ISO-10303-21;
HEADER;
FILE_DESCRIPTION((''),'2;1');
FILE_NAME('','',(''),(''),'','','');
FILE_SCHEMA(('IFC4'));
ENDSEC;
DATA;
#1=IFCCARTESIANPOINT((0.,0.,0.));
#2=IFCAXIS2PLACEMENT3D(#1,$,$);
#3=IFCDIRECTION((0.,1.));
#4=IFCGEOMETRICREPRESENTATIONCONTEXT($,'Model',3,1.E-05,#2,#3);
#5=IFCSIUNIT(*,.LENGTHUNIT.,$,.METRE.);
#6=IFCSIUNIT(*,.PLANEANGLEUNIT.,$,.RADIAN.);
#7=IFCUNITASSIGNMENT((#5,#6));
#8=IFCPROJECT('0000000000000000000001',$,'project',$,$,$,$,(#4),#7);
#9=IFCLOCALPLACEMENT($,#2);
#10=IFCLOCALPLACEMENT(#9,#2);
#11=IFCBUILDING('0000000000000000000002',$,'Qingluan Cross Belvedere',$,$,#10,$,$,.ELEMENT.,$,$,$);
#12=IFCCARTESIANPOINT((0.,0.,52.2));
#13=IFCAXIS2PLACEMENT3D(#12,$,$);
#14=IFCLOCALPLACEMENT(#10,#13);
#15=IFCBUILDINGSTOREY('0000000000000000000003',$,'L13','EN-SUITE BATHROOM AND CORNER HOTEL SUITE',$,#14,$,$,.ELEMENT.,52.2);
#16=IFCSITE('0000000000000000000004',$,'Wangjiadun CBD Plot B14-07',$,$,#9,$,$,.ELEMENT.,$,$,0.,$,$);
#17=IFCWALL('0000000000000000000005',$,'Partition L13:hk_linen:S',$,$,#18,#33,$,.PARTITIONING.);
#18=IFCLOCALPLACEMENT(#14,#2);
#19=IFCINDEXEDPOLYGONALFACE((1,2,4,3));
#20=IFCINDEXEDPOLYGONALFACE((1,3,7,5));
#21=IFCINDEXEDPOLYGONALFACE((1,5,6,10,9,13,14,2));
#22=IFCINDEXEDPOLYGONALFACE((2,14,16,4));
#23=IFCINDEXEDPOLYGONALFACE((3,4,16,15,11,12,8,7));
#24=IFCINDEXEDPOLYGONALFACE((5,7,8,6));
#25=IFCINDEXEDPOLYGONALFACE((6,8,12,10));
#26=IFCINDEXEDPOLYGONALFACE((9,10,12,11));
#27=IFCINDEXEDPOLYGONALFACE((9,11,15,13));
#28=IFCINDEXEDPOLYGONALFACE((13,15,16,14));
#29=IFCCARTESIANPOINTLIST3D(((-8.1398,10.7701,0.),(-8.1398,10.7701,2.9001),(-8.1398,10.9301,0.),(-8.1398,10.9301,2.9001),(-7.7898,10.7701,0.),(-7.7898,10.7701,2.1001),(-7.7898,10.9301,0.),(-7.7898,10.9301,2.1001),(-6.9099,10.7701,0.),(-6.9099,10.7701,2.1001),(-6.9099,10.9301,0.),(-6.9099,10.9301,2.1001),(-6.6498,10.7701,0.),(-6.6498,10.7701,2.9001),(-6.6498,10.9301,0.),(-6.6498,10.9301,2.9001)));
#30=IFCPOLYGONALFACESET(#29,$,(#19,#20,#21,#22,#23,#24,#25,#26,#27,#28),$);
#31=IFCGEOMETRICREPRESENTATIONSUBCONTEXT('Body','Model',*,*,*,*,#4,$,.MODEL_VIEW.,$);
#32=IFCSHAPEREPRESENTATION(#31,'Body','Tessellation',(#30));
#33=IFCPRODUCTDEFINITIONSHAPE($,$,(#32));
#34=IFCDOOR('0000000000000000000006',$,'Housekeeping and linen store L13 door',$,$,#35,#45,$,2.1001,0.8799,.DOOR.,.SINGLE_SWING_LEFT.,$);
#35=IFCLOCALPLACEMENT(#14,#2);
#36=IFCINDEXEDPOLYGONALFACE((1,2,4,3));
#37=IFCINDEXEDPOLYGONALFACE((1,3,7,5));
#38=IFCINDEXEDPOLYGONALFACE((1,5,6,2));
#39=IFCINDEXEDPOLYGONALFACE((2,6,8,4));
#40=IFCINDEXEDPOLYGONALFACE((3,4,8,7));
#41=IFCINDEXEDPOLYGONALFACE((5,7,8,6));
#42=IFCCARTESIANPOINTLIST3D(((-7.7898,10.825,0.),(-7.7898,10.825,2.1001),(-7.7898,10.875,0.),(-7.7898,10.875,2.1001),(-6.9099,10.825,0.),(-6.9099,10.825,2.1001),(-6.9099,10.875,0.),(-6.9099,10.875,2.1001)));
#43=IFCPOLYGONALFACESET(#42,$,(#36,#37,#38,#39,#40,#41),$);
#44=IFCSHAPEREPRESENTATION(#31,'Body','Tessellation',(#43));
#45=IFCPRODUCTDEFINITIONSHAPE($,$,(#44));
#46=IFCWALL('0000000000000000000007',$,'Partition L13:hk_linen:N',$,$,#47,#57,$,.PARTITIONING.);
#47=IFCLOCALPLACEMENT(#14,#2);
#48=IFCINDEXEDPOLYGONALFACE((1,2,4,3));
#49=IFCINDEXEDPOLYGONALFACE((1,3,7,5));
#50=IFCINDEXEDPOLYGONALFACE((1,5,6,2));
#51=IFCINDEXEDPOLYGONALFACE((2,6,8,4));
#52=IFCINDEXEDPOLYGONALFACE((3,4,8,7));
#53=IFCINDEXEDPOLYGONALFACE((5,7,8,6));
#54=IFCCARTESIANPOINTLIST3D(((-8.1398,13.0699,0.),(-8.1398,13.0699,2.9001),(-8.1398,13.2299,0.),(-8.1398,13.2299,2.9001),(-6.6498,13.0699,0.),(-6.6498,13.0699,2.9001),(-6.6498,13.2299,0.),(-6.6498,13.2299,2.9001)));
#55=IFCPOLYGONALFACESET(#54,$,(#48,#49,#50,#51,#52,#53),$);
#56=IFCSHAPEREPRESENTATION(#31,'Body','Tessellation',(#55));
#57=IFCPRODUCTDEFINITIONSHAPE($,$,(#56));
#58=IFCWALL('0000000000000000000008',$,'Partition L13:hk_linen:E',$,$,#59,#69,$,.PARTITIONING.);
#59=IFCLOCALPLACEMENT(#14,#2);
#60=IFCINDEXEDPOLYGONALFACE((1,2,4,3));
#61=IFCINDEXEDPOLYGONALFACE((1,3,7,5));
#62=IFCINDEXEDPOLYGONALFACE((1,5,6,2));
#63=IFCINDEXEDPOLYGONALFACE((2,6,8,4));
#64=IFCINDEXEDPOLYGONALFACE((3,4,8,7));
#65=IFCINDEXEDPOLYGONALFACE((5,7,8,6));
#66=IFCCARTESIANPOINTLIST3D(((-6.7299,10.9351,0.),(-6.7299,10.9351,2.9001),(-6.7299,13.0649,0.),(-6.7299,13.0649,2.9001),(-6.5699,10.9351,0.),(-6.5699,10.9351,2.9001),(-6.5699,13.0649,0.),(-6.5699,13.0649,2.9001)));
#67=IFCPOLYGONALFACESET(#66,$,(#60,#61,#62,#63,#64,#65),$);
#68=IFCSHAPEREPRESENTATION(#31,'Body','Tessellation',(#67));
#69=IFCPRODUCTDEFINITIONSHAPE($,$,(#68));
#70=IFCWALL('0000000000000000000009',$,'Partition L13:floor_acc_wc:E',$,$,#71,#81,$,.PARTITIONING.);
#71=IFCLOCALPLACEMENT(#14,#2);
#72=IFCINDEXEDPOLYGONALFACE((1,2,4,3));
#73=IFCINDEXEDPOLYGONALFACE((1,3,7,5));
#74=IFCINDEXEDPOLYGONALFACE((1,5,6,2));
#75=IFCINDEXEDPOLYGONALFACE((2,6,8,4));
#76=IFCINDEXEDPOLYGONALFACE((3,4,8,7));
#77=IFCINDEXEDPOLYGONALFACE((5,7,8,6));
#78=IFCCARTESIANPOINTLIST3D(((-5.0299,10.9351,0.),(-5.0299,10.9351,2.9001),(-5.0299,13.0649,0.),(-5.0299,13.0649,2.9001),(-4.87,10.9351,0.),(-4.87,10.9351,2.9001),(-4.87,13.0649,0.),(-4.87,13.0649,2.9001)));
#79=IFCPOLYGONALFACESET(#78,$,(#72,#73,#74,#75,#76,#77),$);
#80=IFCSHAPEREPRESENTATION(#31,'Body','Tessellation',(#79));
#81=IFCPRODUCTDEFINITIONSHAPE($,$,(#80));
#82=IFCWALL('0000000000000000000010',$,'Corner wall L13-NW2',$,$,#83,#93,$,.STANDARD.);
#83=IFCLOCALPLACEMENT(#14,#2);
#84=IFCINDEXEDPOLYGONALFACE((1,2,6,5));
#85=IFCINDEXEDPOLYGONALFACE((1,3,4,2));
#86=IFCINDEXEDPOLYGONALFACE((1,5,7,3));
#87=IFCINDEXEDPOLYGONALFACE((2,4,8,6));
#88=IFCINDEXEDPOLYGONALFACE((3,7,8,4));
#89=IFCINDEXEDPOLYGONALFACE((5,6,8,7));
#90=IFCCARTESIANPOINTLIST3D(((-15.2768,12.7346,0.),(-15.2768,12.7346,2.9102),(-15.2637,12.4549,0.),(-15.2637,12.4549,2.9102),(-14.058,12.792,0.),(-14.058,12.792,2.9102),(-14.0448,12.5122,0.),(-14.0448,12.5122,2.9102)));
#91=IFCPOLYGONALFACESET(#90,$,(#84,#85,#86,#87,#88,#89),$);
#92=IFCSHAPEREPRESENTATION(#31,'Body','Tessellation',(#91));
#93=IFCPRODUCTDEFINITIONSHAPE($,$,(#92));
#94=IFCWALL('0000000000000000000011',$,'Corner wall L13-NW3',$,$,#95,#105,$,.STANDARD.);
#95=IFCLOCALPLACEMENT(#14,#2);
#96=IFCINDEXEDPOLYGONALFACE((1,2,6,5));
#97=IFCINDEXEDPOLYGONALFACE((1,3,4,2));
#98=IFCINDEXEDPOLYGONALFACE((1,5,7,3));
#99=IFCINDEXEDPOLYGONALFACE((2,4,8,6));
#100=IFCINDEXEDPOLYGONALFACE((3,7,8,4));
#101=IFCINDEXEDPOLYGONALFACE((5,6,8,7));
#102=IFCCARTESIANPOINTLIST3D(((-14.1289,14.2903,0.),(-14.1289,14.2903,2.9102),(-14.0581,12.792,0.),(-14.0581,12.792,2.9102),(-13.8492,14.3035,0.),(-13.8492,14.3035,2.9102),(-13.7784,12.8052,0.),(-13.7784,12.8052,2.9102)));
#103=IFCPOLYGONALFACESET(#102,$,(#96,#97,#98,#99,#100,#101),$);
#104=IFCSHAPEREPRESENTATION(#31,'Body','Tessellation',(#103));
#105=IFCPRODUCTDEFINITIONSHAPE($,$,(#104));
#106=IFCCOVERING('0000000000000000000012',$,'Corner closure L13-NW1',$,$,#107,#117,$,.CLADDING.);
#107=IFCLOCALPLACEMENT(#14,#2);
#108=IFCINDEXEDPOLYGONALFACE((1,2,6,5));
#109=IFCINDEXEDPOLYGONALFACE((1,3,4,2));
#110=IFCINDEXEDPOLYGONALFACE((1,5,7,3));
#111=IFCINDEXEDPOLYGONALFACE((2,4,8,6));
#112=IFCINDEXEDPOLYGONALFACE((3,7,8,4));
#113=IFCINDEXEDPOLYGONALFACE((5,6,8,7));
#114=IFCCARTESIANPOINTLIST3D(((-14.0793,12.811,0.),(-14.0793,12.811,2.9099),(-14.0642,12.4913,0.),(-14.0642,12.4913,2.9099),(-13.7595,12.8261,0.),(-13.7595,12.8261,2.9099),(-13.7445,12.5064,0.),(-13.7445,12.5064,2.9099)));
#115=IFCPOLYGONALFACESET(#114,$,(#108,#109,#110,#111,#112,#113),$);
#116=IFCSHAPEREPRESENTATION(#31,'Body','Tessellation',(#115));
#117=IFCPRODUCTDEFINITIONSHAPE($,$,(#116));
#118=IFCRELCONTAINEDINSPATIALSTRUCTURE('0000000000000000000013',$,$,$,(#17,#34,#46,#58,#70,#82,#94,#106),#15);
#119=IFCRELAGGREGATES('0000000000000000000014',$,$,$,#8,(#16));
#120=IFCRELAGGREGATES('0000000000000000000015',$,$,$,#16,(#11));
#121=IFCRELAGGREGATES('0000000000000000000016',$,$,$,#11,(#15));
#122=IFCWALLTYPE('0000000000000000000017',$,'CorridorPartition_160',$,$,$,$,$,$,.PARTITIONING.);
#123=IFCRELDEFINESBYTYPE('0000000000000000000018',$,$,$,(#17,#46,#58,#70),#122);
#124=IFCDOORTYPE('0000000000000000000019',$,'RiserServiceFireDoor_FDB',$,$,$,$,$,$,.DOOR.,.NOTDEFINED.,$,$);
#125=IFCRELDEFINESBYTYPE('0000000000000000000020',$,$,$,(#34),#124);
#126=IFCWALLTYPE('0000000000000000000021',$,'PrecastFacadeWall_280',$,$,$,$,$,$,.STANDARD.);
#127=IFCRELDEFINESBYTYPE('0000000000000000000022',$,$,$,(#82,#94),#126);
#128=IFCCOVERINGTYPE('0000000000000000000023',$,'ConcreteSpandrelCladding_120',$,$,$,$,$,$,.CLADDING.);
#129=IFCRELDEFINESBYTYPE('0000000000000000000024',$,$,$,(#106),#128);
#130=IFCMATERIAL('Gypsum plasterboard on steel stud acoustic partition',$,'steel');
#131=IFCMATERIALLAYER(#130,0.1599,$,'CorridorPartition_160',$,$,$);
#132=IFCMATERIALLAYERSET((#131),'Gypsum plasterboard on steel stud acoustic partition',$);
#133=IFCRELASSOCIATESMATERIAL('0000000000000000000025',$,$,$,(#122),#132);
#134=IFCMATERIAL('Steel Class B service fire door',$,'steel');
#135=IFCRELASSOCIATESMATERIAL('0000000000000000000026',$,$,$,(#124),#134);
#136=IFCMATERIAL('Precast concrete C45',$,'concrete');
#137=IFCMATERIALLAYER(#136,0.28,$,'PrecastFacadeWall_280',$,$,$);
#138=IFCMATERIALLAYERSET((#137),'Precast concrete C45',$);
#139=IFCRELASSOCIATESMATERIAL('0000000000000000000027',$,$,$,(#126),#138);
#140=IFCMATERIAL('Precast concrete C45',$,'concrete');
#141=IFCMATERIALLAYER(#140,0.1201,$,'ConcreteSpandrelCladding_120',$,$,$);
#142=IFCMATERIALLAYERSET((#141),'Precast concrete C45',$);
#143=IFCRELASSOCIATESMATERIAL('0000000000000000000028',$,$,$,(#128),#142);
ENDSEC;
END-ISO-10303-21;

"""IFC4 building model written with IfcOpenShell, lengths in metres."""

from ifc_helpers import new_model, si_unit, direction, frame, frame_2d, origin, origin_2d, place, context, subcontext, project, spatial, rectangle, extrude, material, layer, layer_set, type_object, element, fill, save


model = new_model("IFC4")

# Units and contexts
model_context = context("Model", 3, precision=1e-05, world=origin(), true_north=direction((0.0, 1.0)))
body_context = subcontext(model_context, "Body", "Model", "MODEL_VIEW")
ifc_project = project(units=[si_unit("LENGTHUNIT", "METRE"), si_unit("PLANEANGLEUNIT", "RADIAN")], contexts=[model_context])

# Site, building, storey
site_placement = place(None, origin())
site = spatial("IfcSite", under=ifc_project, at=site_placement, Name="Wangjiadun CBD Plot B14-07", CompositionType="ELEMENT", RefElevation=0.0)
building_placement = place(site_placement, origin())
building = spatial("IfcBuilding", under=site, at=building_placement, Name="Qingluan Cross Belvedere", CompositionType="ELEMENT")
storey_placement = place(building_placement, frame((0.0, 0.0, 52.2)))
storey = spatial("IfcBuildingStorey", under=building, at=storey_placement, Name="L13", Description="EN-SUITE BATHROOM AND CORNER HOTEL SUITE", CompositionType="ELEMENT", Elevation=52.2)

# Shared definitions
ifc_material_1 = material(Name="Gypsum plasterboard on steel stud acoustic partition", Category="steel")
ifc_layer_1 = layer(ifc_material_1, 0.1599, Name="CorridorPartition_160")
ifc_layer_set_1 = layer_set([ifc_layer_1], Name="Gypsum plasterboard on steel stud acoustic partition")
wall_type_1 = type_object("IfcWallType", Name="CorridorPartition_160", PredefinedType="PARTITIONING", material=ifc_layer_set_1)

# Wall, opening, door
wall_1_placement = place(storey_placement, frame((-8.1399, 10.8501, 0.0), z_axis=(0.0, 0.0, 1.0), x_axis=(1.0, 0.0, 0.0)))
wall_1 = element("IfcWall", 1, at=wall_1_placement, inside=storey, type_object=wall_type_1, Name="Partition L13:hk_linen:S", PredefinedType="PARTITIONING", context=body_context, shape_type="SweptSolid", body=[
    extrude(rectangle(XDim=1.49, YDim=0.1599, at=frame_2d((0.7451, 0.0))), origin(), (0.0, 0.0, 1.0), 2.9001),
])
opening_1_placement = place(wall_1_placement, frame((0.3501, 0.0, 0.0)))
opening_1 = element("IfcOpeningElement", 2, at=opening_1_placement, cuts=wall_1, PredefinedType="OPENING", context=body_context, shape_type="SweptSolid", body=[
    extrude(rectangle(XDim=0.8799, YDim=2.1001, at=frame_2d((0.4399, 1.05))), frame((0.0, 0.0898, 0.0), z_axis=(0.0, -1.0, 0.0), x_axis=(1.0, 0.0, 0.0)), (0.0, 0.0, 1.0), 0.1799),
])
ifc_material_2 = material(Name="Steel Class B service fire door", Category="steel")
door_type_1 = type_object("IfcDoorType", Name="RiserServiceFireDoor_FDB", OperationType="NOTDEFINED", PredefinedType="DOOR", material=ifc_material_2)
door_1_placement = place(opening_1_placement, origin())
door_1 = element("IfcDoor", 3, at=door_1_placement, inside=storey, type_object=door_type_1, Name="Housekeeping and linen store L13 door", OperationType="SINGLE_SWING_LEFT", OverallHeight=2.1001, OverallWidth=0.8799, PredefinedType="DOOR", context=body_context, shape_type="SweptSolid", body=[
    extrude(rectangle(XDim=0.8799, YDim=2.1001, at=frame_2d((0.4399, 1.05))), frame((0.0, 0.0249, 0.0), z_axis=(0.0, -1.0, 0.0), x_axis=(1.0, 0.0, 0.0)), (0.0, 0.0, 1.0), 0.05),
])
fill(opening_1, door_1)

# Walls
wall_2_placement = place(storey_placement, frame((-8.1399, 13.1499, 0.0), z_axis=(0.0, 0.0, 1.0), x_axis=(1.0, 0.0, 0.0)))
element("IfcWall", 4, at=wall_2_placement, inside=storey, type_object=wall_type_1, Name="Partition L13:hk_linen:N", PredefinedType="PARTITIONING", context=body_context, shape_type="SweptSolid", body=[
    extrude(rectangle(XDim=1.49, YDim=0.1599, at=frame_2d((0.7451, 0.0))), origin(), (0.0, 0.0, 1.0), 2.9001),
])
wall_3_placement = place(storey_placement, frame((-6.6499, 10.9351, 0.0), z_axis=(0.0, 0.0, 1.0), x_axis=(0.0, 1.0, 0.0)))
element("IfcWall", 5, at=wall_3_placement, inside=storey, type_object=wall_type_1, Name="Partition L13:hk_linen:E", PredefinedType="PARTITIONING", context=body_context, shape_type="SweptSolid", body=[
    extrude(rectangle(XDim=2.1299, YDim=0.1599, at=frame_2d((1.0649, 0.0))), origin(), (0.0, 0.0, 1.0), 2.9001),
])

# Walls
wall_4_placement = place(storey_placement, frame((-4.95, 10.9351, 0.0), z_axis=(0.0, 0.0, 1.0), x_axis=(0.0, 1.0, 0.0)))
element("IfcWall", 6, at=wall_4_placement, inside=storey, type_object=wall_type_1, Name="Partition L13:floor_acc_wc:E", PredefinedType="PARTITIONING", context=body_context, shape_type="SweptSolid", body=[
    extrude(rectangle(XDim=2.1299, YDim=0.1599, at=frame_2d((1.0649, 0.0))), origin(), (0.0, 0.0, 1.0), 2.9001),
])
ifc_material_3 = material(Name="Precast concrete C45", Category="concrete")
ifc_layer_2 = layer(ifc_material_3, 0.28, Name="PrecastFacadeWall_280")
ifc_layer_set_2 = layer_set([ifc_layer_2], Name="Precast concrete C45")
wall_type_2 = type_object("IfcWallType", Name="PrecastFacadeWall_280", PredefinedType="STANDARD", material=ifc_layer_set_2)
wall_5_placement = place(storey_placement, frame((-15.2703, 12.5947, 0.0), z_axis=(0.0, 0.0, 1.0), x_axis=(0.998894, 0.047023, 0.0)))
element("IfcWall", 7, at=wall_5_placement, inside=storey, type_object=wall_type_2, Name="Corner wall L13-NW2", PredefinedType="STANDARD", context=body_context, shape_type="SweptSolid", body=[
    extrude(rectangle(XDim=1.2202, YDim=0.28, at=frame_2d((0.6101, 0.0))), origin(), (0.0, 0.0, 1.0), 2.9102),
])
wall_6_placement = place(storey_placement, frame((-13.9182, 12.7986, 0.0), z_axis=(0.0, 0.0, 1.0), x_axis=(-0.047202, 0.998885, 0.0)))
element("IfcWall", 8, at=wall_6_placement, inside=storey, type_object=wall_type_2, Name="Corner wall L13-NW3", PredefinedType="STANDARD", context=body_context, shape_type="SweptSolid", body=[
    extrude(rectangle(XDim=1.5, YDim=0.28, at=frame_2d((0.75, 0.0))), origin(), (0.0, 0.0, 1.0), 2.9102),
])

# Covering
ifc_material_4 = material(Name="Precast concrete C45", Category="concrete")
ifc_layer_3 = layer(ifc_material_4, 0.1201, Name="ConcreteSpandrelCladding_120")
ifc_layer_set_3 = layer_set([ifc_layer_3], Name="Precast concrete C45")
covering_type = type_object("IfcCoveringType", Name="ConcreteSpandrelCladding_120", PredefinedType="CLADDING", material=ifc_layer_set_3)
covering_placement = place(storey_placement, frame((-13.9119, 12.6587, 0.0), z_axis=(0.0, 0.0, 1.0), x_axis=(0.99889, 0.047106, 0.0)))
element("IfcCovering", 9, at=covering_placement, inside=storey, type_object=covering_type, Name="Corner closure L13-NW1", PredefinedType="CLADDING", context=body_context, shape_type="SweptSolid", body=[
    extrude(rectangle(XDim=0.3201, YDim=0.3201, at=origin_2d()), origin(), (0.0, 0.0, 1.0), 2.9099),
])

save(model, "model.ifc")
